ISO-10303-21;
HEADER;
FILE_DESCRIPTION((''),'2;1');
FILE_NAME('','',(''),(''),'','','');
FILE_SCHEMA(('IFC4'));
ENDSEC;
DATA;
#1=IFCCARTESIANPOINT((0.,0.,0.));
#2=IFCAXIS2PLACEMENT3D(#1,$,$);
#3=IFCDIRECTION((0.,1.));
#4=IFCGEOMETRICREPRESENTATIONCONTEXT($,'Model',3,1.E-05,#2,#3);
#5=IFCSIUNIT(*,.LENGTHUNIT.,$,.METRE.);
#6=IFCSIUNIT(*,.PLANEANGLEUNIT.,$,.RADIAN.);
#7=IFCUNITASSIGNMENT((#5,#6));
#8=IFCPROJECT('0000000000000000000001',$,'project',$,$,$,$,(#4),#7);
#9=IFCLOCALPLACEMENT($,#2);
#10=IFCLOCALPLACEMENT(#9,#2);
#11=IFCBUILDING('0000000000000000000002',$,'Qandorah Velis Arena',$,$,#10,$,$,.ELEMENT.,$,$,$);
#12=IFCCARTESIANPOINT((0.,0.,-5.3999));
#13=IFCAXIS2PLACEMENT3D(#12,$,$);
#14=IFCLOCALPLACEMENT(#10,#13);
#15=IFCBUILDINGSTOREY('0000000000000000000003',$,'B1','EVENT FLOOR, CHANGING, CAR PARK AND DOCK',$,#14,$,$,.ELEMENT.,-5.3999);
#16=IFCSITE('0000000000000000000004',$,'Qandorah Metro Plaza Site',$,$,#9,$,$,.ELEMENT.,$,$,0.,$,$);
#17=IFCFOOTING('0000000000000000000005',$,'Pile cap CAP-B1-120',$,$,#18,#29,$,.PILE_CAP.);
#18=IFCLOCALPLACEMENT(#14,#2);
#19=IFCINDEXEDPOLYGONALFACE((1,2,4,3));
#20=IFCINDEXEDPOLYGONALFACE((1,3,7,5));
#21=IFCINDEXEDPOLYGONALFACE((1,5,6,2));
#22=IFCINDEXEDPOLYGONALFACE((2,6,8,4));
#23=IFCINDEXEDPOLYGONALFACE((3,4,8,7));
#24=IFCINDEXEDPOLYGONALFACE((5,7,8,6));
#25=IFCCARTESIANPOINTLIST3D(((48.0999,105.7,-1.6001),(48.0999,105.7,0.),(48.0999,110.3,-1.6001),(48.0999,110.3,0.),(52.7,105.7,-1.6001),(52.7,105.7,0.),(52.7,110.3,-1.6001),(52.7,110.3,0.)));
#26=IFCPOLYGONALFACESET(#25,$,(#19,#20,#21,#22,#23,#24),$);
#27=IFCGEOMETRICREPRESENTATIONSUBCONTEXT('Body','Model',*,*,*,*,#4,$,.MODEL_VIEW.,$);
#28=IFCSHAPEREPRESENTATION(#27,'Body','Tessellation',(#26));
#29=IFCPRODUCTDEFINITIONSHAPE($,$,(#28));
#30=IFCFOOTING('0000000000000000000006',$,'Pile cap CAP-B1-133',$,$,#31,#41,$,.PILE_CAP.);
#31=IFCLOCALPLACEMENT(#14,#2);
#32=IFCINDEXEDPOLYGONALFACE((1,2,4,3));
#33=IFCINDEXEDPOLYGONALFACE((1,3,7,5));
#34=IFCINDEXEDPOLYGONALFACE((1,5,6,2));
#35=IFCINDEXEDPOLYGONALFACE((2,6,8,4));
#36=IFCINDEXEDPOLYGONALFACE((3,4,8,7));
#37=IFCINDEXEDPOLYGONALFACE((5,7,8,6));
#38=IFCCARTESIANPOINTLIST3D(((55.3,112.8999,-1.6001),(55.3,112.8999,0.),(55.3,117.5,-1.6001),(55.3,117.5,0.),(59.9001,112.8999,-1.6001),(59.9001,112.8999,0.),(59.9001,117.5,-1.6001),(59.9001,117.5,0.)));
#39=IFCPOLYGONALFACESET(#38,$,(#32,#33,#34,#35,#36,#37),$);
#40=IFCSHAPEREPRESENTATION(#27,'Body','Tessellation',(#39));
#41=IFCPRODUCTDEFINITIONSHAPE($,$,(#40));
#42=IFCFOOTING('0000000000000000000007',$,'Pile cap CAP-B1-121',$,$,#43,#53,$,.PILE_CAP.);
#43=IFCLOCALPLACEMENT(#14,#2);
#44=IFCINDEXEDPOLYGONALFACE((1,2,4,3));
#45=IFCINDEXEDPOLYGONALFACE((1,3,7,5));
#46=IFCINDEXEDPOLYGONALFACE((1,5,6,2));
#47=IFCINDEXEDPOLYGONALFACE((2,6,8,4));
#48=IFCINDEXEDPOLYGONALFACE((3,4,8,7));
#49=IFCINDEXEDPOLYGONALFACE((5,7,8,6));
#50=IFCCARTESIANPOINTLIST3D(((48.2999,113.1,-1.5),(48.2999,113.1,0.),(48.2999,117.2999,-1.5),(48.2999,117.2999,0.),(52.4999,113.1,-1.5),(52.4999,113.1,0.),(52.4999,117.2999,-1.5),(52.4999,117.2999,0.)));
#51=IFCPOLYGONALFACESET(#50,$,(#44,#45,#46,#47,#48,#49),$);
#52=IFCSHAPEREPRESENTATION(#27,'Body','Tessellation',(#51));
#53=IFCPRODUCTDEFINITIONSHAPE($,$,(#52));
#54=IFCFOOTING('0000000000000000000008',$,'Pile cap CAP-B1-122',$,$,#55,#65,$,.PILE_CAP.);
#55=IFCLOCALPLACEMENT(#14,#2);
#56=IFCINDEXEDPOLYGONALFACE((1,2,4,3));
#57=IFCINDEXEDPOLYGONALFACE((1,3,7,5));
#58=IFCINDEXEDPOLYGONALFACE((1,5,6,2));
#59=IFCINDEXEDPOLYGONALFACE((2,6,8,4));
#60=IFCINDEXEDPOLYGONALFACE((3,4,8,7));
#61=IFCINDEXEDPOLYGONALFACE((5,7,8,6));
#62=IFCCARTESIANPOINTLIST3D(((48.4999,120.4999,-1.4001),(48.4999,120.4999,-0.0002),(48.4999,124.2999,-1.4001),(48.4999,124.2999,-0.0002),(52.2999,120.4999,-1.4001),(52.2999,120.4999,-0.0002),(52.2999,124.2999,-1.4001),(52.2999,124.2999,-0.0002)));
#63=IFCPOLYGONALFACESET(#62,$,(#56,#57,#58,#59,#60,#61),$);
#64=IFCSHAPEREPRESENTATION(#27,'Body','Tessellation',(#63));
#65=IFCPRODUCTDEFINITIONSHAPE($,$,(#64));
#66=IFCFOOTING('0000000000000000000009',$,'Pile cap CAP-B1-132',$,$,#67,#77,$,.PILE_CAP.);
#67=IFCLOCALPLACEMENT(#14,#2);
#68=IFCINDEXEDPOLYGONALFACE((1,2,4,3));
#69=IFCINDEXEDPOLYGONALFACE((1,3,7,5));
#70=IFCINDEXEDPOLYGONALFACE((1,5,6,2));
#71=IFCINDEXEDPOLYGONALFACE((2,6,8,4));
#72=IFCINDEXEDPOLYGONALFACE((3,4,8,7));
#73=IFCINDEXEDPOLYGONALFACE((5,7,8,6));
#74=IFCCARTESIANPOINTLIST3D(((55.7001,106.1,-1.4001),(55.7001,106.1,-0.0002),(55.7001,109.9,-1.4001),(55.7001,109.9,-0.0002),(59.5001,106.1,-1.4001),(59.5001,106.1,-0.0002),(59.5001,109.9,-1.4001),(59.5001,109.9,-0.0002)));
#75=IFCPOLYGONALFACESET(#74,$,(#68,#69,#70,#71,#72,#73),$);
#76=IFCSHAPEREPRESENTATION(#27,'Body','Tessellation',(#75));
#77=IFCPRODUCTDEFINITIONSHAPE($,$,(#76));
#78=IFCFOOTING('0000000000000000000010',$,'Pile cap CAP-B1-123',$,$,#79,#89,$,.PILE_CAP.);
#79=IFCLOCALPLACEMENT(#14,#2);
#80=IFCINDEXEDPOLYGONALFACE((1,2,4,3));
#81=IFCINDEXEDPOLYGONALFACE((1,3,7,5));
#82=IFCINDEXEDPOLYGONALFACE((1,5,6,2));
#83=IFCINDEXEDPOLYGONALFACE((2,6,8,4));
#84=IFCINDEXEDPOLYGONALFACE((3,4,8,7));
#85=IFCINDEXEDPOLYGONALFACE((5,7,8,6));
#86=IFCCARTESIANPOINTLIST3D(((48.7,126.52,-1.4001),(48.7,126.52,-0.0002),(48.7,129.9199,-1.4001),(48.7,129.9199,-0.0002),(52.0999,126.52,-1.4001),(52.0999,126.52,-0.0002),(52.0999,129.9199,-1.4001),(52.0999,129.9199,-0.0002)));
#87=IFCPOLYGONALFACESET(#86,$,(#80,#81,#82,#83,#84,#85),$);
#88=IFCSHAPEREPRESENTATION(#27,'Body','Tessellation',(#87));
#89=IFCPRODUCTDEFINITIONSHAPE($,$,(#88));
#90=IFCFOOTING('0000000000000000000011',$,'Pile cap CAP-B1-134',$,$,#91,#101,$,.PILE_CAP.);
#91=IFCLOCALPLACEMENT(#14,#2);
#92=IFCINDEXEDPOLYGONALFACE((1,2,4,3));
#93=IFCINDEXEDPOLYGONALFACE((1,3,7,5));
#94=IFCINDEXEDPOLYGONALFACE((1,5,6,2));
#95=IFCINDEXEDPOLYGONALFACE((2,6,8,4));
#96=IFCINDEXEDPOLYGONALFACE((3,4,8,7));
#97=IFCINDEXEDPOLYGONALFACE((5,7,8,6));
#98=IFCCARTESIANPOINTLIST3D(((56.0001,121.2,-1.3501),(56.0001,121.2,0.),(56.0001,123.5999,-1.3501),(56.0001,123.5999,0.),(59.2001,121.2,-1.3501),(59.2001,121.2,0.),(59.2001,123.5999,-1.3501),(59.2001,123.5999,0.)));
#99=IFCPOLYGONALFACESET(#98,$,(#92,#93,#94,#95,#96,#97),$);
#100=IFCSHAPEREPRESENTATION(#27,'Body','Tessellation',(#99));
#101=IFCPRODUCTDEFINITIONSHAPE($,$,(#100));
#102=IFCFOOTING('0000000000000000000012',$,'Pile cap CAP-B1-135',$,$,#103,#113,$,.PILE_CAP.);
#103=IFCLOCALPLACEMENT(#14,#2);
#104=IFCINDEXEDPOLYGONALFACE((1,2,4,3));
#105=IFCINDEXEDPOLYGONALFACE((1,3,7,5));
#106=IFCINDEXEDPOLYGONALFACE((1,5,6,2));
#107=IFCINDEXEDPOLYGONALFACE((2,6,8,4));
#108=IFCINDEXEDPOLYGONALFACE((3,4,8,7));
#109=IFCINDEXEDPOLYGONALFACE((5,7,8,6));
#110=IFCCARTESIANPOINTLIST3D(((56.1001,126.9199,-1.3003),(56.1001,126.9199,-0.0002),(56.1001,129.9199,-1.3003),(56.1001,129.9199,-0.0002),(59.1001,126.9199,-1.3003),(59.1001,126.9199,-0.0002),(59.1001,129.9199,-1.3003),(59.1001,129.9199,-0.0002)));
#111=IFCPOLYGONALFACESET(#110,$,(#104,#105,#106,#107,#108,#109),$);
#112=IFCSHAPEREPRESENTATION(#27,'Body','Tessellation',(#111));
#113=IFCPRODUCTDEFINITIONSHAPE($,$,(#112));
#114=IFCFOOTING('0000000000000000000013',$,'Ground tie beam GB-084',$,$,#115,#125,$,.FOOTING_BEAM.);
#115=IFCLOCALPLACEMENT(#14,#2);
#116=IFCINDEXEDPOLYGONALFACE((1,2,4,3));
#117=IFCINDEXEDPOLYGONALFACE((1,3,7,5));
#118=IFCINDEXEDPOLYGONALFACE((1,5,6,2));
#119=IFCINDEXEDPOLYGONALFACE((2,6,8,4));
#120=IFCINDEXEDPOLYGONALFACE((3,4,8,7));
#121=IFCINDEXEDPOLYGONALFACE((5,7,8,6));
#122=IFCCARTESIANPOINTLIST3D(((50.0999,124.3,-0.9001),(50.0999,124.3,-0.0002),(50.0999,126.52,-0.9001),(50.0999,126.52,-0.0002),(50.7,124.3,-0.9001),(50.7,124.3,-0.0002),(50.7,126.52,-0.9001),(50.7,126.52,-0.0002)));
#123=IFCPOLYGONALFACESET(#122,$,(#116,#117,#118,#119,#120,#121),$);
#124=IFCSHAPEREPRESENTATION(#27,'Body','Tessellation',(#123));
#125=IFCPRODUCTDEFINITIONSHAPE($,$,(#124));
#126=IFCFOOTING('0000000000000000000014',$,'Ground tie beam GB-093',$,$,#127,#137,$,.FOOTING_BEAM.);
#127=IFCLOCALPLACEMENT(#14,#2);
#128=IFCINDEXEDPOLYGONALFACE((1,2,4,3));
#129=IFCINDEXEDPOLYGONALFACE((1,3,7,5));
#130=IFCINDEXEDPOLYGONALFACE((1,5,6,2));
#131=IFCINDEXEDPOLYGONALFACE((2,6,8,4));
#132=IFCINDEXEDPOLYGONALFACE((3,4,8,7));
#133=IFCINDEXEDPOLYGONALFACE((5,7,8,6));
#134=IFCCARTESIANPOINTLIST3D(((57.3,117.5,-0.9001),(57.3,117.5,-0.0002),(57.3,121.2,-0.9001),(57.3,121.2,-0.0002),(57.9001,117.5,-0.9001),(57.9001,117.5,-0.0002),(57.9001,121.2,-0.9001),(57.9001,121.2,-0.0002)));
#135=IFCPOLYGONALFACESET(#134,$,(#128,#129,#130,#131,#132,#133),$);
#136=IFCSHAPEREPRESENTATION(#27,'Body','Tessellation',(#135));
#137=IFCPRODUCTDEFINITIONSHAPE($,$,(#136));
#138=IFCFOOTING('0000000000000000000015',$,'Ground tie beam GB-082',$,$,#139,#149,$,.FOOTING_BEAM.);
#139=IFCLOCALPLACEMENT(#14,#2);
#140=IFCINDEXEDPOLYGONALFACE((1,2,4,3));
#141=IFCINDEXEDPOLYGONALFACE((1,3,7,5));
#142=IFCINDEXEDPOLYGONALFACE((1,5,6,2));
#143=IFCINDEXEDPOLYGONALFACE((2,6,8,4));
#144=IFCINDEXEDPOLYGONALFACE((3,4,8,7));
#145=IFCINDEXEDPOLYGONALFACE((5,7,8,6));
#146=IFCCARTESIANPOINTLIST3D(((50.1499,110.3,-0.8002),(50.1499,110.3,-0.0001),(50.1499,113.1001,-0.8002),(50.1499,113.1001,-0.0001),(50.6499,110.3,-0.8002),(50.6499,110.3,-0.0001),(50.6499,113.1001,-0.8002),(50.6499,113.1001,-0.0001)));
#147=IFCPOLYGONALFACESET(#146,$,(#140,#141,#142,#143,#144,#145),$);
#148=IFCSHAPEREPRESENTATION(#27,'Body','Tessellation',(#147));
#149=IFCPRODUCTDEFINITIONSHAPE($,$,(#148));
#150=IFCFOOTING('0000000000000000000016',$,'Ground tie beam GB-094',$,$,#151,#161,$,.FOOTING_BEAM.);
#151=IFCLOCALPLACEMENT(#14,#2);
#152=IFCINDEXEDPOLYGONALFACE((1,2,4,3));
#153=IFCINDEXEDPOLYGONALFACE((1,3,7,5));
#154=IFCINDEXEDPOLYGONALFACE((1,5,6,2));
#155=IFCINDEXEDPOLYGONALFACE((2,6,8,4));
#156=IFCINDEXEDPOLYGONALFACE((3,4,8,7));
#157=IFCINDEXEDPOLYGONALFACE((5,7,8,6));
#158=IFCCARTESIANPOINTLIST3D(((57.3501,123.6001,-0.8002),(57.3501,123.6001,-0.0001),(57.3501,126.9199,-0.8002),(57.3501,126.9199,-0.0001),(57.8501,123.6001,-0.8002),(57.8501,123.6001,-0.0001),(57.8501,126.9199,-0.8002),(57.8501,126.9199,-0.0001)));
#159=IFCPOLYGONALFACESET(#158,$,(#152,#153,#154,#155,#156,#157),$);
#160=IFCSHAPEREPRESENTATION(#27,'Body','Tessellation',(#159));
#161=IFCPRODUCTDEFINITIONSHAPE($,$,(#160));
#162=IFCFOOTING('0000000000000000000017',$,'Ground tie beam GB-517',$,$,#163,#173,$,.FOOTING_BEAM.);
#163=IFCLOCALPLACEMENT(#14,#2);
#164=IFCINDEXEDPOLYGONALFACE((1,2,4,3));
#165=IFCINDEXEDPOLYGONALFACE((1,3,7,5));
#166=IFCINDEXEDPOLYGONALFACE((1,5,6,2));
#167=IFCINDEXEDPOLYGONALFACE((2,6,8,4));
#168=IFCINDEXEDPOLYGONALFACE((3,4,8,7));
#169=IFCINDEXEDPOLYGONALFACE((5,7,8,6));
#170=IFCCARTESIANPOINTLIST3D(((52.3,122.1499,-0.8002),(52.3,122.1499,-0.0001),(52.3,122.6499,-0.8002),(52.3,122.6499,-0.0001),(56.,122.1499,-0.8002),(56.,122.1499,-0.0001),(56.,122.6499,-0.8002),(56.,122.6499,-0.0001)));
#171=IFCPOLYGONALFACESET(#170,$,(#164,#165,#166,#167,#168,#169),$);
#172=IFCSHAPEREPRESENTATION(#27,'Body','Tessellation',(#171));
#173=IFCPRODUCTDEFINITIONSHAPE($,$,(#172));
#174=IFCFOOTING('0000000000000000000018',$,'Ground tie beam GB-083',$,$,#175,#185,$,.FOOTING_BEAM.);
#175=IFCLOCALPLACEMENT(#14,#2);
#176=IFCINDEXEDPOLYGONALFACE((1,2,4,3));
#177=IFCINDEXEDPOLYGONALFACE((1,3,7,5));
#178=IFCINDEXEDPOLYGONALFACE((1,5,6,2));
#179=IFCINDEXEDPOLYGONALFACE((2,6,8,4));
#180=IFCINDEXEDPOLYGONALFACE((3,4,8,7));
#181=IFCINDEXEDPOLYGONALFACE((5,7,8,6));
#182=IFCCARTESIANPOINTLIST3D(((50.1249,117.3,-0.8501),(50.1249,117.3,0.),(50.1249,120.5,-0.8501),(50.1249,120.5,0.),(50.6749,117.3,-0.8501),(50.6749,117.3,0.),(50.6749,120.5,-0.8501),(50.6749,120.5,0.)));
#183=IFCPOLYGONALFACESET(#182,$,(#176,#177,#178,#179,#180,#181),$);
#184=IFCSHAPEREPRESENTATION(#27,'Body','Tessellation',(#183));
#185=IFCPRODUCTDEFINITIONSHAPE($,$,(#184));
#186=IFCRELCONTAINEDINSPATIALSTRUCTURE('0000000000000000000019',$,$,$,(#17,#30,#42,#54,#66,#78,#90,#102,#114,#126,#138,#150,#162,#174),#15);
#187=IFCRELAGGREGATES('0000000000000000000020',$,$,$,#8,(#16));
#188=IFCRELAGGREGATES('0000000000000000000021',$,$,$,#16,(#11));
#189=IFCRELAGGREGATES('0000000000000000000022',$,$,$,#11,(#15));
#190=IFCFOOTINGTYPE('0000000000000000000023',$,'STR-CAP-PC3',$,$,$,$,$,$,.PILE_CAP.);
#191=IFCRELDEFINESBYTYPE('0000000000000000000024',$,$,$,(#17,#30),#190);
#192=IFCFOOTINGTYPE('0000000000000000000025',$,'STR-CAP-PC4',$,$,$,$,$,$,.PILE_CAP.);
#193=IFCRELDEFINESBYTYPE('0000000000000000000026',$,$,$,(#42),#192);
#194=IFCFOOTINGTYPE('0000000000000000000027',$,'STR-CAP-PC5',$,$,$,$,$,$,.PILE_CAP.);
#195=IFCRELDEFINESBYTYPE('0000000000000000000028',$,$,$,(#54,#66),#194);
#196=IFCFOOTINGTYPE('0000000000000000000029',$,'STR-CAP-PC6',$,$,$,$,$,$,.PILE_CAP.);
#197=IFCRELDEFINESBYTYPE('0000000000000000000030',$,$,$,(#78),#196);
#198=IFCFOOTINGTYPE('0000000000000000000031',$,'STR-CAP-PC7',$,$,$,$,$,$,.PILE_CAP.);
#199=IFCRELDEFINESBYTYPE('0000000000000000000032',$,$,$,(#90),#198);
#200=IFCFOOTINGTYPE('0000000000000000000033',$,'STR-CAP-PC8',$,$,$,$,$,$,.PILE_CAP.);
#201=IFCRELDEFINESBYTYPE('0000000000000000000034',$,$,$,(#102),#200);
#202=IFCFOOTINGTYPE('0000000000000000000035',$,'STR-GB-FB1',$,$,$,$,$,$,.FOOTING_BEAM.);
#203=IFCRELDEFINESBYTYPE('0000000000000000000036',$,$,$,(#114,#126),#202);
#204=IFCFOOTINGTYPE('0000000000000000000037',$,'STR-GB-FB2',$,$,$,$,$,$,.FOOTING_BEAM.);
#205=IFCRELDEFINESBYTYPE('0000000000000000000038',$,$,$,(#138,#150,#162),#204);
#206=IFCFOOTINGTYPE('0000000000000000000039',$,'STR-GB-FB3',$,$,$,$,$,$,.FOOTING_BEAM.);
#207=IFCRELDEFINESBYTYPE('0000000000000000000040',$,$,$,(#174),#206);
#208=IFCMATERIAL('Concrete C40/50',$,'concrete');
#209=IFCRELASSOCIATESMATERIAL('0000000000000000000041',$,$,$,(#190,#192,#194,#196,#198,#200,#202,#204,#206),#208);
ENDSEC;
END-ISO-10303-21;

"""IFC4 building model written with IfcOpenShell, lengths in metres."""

from ifc_helpers import new_model, si_unit, direction, frame, origin, origin_2d, place, context, subcontext, project, spatial, rectangle, extrude, material, material_profile, profile_set, type_object, element, save


model = new_model("IFC4")

# Units and contexts
model_context = context("Model", 3, precision=1e-05, world=origin(), true_north=direction((0.0, 1.0)))
body_context = subcontext(model_context, "Body", "Model", "MODEL_VIEW")
ifc_project = project(units=[si_unit("LENGTHUNIT", "METRE"), si_unit("PLANEANGLEUNIT", "RADIAN")], contexts=[model_context])

# Site, building, storey
site_placement = place(None, origin())
site = spatial("IfcSite", under=ifc_project, at=site_placement, Name="Qandorah Metro Plaza Site", CompositionType="ELEMENT", RefElevation=0.0)
building_placement = place(site_placement, origin())
building = spatial("IfcBuilding", under=site, at=building_placement, Name="Qandorah Velis Arena", CompositionType="ELEMENT")
storey_placement = place(building_placement, frame((0.0, 0.0, -5.3999)))
storey = spatial("IfcBuildingStorey", under=building, at=storey_placement, Name="B1", Description="EVENT FLOOR, CHANGING, CAR PARK AND DOCK", CompositionType="ELEMENT", Elevation=-5.3999)

# Footings
ifc_material = material(Name="Concrete C40/50", Category="concrete")
footing_type_1 = type_object("IfcFootingType", Name="STR-CAP-PC3", PredefinedType="PILE_CAP", material=ifc_material)
for number, where, z_axis, x_axis, name in (
    (1, (50.3999, 108.0, -1.6001), (0.0, 0.0, 1.0), (1.0, 0.0, 0.0), "Pile cap CAP-B1-120"),
    (2, (57.6001, 115.2, -1.6001), (0.0, 0.0, 1.0), (1.0, 0.0, 0.0), "Pile cap CAP-B1-133"),
):
    element("IfcFooting", number, at=place(storey_placement, frame(where, z_axis=z_axis, x_axis=x_axis)), inside=storey, type_object=footing_type_1, Name=name, PredefinedType="PILE_CAP", context=body_context, shape_type="SweptSolid", body=[
        extrude(rectangle(XDim=4.6001, YDim=4.6001, at=origin_2d()), origin(), (0.0, 0.0, 1.0), 1.6001),
    ])
footing_type_2 = type_object("IfcFootingType", Name="STR-CAP-PC4", PredefinedType="PILE_CAP", material=ifc_material)
footing_1_placement = place(storey_placement, frame((50.3999, 115.2, -1.5), z_axis=(0.0, 0.0, 1.0), x_axis=(1.0, 0.0, 0.0)))
element("IfcFooting", 3, at=footing_1_placement, inside=storey, type_object=footing_type_2, Name="Pile cap CAP-B1-121", PredefinedType="PILE_CAP", context=body_context, shape_type="SweptSolid", body=[
    extrude(rectangle(XDim=4.2, YDim=4.2, at=origin_2d()), origin(), (0.0, 0.0, 1.0), 1.5),
])
footing_type_3 = type_object("IfcFootingType", Name="STR-CAP-PC5", PredefinedType="PILE_CAP", material=ifc_material)
for number, where, z_axis, x_axis, name in (
    (4, (50.3999, 122.3999, -1.4001), (0.0, 0.0, 1.0), (1.0, 0.0, 0.0), "Pile cap CAP-B1-122"),
    (5, (57.6001, 108.0, -1.4001), (0.0, 0.0, 1.0), (1.0, 0.0, 0.0), "Pile cap CAP-B1-132"),
):
    element("IfcFooting", number, at=place(storey_placement, frame(where, z_axis=z_axis, x_axis=x_axis)), inside=storey, type_object=footing_type_3, Name=name, PredefinedType="PILE_CAP", context=body_context, shape_type="SweptSolid", body=[
        extrude(rectangle(XDim=3.8, YDim=3.8, at=origin_2d()), origin(), (0.0, 0.0, 1.0), 1.3999),
    ])
footing_type_4 = type_object("IfcFootingType", Name="STR-CAP-PC6", PredefinedType="PILE_CAP", material=ifc_material)
footing_2_placement = place(storey_placement, frame((50.3999, 128.22, -1.4001), z_axis=(0.0, 0.0, 1.0), x_axis=(1.0, 0.0, 0.0)))
element("IfcFooting", 6, at=footing_2_placement, inside=storey, type_object=footing_type_4, Name="Pile cap CAP-B1-123", PredefinedType="PILE_CAP", context=body_context, shape_type="SweptSolid", body=[
    extrude(rectangle(XDim=3.3999, YDim=3.3999, at=origin_2d()), origin(), (0.0, 0.0, 1.0), 1.3999),
])
footing_type_5 = type_object("IfcFootingType", Name="STR-CAP-PC7", PredefinedType="PILE_CAP", material=ifc_material)
footing_3_placement = place(storey_placement, frame((57.6001, 122.3999, -1.3501), z_axis=(0.0, 0.0, 1.0), x_axis=(1.0, 0.0, 0.0)))
element("IfcFooting", 7, at=footing_3_placement, inside=storey, type_object=footing_type_5, Name="Pile cap CAP-B1-134", PredefinedType="PILE_CAP", context=body_context, shape_type="SweptSolid", body=[
    extrude(rectangle(XDim=3.2, YDim=2.3999, at=origin_2d()), origin(), (0.0, 0.0, 1.0), 1.3501),
])
footing_type_6 = type_object("IfcFootingType", Name="STR-CAP-PC8", PredefinedType="PILE_CAP", material=ifc_material)
footing_4_placement = place(storey_placement, frame((57.6001, 128.4199, -1.3003), z_axis=(0.0, 0.0, 1.0), x_axis=(1.0, 0.0, 0.0)))
element("IfcFooting", 8, at=footing_4_placement, inside=storey, type_object=footing_type_6, Name="Pile cap CAP-B1-135", PredefinedType="PILE_CAP", context=body_context, shape_type="SweptSolid", body=[
    extrude(rectangle(XDim=3.0, YDim=3.0, at=origin_2d()), origin(), (0.0, 0.0, 1.0), 1.3),
])
ifc_material_profile_1 = material_profile(ifc_material, rectangle(XDim=0.6001, YDim=0.8999, at=origin_2d()), Name="GB1 600x900")
ifc_profile_set_1 = profile_set([ifc_material_profile_1], Name="Concrete C40/50")
footing_type_7 = type_object("IfcFootingType", Name="STR-GB-FB1", PredefinedType="FOOTING_BEAM", material=ifc_profile_set_1)
footing_5_placement = place(storey_placement, frame((50.3999, 124.3, -0.4502), z_axis=(0.0, 1.0, 0.0), x_axis=(-1.0, 0.0, 0.0)))
element("IfcFooting", 9, at=footing_5_placement, inside=storey, type_object=footing_type_7, Name="Ground tie beam GB-084", PredefinedType="FOOTING_BEAM", context=body_context, shape_type="SweptSolid", body=[
    extrude(rectangle(XDim=0.6001, YDim=0.8999, at=origin_2d()), origin(), (0.0, 0.0, 1.0), 2.22),
])
footing_6_placement = place(storey_placement, frame((57.6001, 117.5, -0.4502), z_axis=(0.0, 1.0, 0.0), x_axis=(-1.0, 0.0, 0.0)))
element("IfcFooting", 10, at=footing_6_placement, inside=storey, type_object=footing_type_7, Name="Ground tie beam GB-093", PredefinedType="FOOTING_BEAM", context=body_context, shape_type="SweptSolid", body=[
    extrude(rectangle(XDim=0.6001, YDim=0.8999, at=origin_2d()), origin(), (0.0, 0.0, 1.0), 3.7),
])
ifc_material_profile_2 = material_profile(ifc_material, rectangle(XDim=0.5, YDim=0.8, at=origin_2d()), Name="GB2 500x800")
ifc_profile_set_2 = profile_set([ifc_material_profile_2], Name="Concrete C40/50")
footing_type_8 = type_object("IfcFootingType", Name="STR-GB-FB2", PredefinedType="FOOTING_BEAM", material=ifc_profile_set_2)
footing_7_placement = place(storey_placement, frame((50.3999, 110.3, -0.4001), z_axis=(0.0, 1.0, 0.0), x_axis=(-1.0, 0.0, 0.0)))
element("IfcFooting", 11, at=footing_7_placement, inside=storey, type_object=footing_type_8, Name="Ground tie beam GB-082", PredefinedType="FOOTING_BEAM", context=body_context, shape_type="SweptSolid", body=[
    extrude(rectangle(XDim=0.5, YDim=0.8, at=origin_2d()), origin(), (0.0, 0.0, 1.0), 2.8),
])
footing_8_placement = place(storey_placement, frame((57.6001, 123.6001, -0.4001), z_axis=(0.0, 1.0, 0.0), x_axis=(-1.0, 0.0, 0.0)))
element("IfcFooting", 12, at=footing_8_placement, inside=storey, type_object=footing_type_8, Name="Ground tie beam GB-094", PredefinedType="FOOTING_BEAM", context=body_context, shape_type="SweptSolid", body=[
    extrude(rectangle(XDim=0.5, YDim=0.8, at=origin_2d()), origin(), (0.0, 0.0, 1.0), 3.3198),
])
footing_9_placement = place(storey_placement, frame((52.3, 122.3999, -0.4001), z_axis=(1.0, 0.0, 0.0), x_axis=(0.0, 1.0, 0.0)))
element("IfcFooting", 13, at=footing_9_placement, inside=storey, type_object=footing_type_8, Name="Ground tie beam GB-517", PredefinedType="FOOTING_BEAM", context=body_context, shape_type="SweptSolid", body=[
    extrude(rectangle(XDim=0.5, YDim=0.8, at=origin_2d()), origin(), (0.0, 0.0, 1.0), 3.7),
])
ifc_material_profile_3 = material_profile(ifc_material, rectangle(XDim=0.55, YDim=0.8501, at=origin_2d()), Name="GB3 550x850")
ifc_profile_set_3 = profile_set([ifc_material_profile_3], Name="Concrete C40/50")
footing_type_9 = type_object("IfcFootingType", Name="STR-GB-FB3", PredefinedType="FOOTING_BEAM", material=ifc_profile_set_3)
footing_10_placement = place(storey_placement, frame((50.3999, 117.3, -0.425), z_axis=(0.0, 1.0, 0.0), x_axis=(-1.0, 0.0, 0.0)))
element("IfcFooting", 14, at=footing_10_placement, inside=storey, type_object=footing_type_9, Name="Ground tie beam GB-083", PredefinedType="FOOTING_BEAM", context=body_context, shape_type="SweptSolid", body=[
    extrude(rectangle(XDim=0.55, YDim=0.8501, at=origin_2d()), origin(), (0.0, 0.0, 1.0), 3.2),
])

save(model, "model.ifc")
